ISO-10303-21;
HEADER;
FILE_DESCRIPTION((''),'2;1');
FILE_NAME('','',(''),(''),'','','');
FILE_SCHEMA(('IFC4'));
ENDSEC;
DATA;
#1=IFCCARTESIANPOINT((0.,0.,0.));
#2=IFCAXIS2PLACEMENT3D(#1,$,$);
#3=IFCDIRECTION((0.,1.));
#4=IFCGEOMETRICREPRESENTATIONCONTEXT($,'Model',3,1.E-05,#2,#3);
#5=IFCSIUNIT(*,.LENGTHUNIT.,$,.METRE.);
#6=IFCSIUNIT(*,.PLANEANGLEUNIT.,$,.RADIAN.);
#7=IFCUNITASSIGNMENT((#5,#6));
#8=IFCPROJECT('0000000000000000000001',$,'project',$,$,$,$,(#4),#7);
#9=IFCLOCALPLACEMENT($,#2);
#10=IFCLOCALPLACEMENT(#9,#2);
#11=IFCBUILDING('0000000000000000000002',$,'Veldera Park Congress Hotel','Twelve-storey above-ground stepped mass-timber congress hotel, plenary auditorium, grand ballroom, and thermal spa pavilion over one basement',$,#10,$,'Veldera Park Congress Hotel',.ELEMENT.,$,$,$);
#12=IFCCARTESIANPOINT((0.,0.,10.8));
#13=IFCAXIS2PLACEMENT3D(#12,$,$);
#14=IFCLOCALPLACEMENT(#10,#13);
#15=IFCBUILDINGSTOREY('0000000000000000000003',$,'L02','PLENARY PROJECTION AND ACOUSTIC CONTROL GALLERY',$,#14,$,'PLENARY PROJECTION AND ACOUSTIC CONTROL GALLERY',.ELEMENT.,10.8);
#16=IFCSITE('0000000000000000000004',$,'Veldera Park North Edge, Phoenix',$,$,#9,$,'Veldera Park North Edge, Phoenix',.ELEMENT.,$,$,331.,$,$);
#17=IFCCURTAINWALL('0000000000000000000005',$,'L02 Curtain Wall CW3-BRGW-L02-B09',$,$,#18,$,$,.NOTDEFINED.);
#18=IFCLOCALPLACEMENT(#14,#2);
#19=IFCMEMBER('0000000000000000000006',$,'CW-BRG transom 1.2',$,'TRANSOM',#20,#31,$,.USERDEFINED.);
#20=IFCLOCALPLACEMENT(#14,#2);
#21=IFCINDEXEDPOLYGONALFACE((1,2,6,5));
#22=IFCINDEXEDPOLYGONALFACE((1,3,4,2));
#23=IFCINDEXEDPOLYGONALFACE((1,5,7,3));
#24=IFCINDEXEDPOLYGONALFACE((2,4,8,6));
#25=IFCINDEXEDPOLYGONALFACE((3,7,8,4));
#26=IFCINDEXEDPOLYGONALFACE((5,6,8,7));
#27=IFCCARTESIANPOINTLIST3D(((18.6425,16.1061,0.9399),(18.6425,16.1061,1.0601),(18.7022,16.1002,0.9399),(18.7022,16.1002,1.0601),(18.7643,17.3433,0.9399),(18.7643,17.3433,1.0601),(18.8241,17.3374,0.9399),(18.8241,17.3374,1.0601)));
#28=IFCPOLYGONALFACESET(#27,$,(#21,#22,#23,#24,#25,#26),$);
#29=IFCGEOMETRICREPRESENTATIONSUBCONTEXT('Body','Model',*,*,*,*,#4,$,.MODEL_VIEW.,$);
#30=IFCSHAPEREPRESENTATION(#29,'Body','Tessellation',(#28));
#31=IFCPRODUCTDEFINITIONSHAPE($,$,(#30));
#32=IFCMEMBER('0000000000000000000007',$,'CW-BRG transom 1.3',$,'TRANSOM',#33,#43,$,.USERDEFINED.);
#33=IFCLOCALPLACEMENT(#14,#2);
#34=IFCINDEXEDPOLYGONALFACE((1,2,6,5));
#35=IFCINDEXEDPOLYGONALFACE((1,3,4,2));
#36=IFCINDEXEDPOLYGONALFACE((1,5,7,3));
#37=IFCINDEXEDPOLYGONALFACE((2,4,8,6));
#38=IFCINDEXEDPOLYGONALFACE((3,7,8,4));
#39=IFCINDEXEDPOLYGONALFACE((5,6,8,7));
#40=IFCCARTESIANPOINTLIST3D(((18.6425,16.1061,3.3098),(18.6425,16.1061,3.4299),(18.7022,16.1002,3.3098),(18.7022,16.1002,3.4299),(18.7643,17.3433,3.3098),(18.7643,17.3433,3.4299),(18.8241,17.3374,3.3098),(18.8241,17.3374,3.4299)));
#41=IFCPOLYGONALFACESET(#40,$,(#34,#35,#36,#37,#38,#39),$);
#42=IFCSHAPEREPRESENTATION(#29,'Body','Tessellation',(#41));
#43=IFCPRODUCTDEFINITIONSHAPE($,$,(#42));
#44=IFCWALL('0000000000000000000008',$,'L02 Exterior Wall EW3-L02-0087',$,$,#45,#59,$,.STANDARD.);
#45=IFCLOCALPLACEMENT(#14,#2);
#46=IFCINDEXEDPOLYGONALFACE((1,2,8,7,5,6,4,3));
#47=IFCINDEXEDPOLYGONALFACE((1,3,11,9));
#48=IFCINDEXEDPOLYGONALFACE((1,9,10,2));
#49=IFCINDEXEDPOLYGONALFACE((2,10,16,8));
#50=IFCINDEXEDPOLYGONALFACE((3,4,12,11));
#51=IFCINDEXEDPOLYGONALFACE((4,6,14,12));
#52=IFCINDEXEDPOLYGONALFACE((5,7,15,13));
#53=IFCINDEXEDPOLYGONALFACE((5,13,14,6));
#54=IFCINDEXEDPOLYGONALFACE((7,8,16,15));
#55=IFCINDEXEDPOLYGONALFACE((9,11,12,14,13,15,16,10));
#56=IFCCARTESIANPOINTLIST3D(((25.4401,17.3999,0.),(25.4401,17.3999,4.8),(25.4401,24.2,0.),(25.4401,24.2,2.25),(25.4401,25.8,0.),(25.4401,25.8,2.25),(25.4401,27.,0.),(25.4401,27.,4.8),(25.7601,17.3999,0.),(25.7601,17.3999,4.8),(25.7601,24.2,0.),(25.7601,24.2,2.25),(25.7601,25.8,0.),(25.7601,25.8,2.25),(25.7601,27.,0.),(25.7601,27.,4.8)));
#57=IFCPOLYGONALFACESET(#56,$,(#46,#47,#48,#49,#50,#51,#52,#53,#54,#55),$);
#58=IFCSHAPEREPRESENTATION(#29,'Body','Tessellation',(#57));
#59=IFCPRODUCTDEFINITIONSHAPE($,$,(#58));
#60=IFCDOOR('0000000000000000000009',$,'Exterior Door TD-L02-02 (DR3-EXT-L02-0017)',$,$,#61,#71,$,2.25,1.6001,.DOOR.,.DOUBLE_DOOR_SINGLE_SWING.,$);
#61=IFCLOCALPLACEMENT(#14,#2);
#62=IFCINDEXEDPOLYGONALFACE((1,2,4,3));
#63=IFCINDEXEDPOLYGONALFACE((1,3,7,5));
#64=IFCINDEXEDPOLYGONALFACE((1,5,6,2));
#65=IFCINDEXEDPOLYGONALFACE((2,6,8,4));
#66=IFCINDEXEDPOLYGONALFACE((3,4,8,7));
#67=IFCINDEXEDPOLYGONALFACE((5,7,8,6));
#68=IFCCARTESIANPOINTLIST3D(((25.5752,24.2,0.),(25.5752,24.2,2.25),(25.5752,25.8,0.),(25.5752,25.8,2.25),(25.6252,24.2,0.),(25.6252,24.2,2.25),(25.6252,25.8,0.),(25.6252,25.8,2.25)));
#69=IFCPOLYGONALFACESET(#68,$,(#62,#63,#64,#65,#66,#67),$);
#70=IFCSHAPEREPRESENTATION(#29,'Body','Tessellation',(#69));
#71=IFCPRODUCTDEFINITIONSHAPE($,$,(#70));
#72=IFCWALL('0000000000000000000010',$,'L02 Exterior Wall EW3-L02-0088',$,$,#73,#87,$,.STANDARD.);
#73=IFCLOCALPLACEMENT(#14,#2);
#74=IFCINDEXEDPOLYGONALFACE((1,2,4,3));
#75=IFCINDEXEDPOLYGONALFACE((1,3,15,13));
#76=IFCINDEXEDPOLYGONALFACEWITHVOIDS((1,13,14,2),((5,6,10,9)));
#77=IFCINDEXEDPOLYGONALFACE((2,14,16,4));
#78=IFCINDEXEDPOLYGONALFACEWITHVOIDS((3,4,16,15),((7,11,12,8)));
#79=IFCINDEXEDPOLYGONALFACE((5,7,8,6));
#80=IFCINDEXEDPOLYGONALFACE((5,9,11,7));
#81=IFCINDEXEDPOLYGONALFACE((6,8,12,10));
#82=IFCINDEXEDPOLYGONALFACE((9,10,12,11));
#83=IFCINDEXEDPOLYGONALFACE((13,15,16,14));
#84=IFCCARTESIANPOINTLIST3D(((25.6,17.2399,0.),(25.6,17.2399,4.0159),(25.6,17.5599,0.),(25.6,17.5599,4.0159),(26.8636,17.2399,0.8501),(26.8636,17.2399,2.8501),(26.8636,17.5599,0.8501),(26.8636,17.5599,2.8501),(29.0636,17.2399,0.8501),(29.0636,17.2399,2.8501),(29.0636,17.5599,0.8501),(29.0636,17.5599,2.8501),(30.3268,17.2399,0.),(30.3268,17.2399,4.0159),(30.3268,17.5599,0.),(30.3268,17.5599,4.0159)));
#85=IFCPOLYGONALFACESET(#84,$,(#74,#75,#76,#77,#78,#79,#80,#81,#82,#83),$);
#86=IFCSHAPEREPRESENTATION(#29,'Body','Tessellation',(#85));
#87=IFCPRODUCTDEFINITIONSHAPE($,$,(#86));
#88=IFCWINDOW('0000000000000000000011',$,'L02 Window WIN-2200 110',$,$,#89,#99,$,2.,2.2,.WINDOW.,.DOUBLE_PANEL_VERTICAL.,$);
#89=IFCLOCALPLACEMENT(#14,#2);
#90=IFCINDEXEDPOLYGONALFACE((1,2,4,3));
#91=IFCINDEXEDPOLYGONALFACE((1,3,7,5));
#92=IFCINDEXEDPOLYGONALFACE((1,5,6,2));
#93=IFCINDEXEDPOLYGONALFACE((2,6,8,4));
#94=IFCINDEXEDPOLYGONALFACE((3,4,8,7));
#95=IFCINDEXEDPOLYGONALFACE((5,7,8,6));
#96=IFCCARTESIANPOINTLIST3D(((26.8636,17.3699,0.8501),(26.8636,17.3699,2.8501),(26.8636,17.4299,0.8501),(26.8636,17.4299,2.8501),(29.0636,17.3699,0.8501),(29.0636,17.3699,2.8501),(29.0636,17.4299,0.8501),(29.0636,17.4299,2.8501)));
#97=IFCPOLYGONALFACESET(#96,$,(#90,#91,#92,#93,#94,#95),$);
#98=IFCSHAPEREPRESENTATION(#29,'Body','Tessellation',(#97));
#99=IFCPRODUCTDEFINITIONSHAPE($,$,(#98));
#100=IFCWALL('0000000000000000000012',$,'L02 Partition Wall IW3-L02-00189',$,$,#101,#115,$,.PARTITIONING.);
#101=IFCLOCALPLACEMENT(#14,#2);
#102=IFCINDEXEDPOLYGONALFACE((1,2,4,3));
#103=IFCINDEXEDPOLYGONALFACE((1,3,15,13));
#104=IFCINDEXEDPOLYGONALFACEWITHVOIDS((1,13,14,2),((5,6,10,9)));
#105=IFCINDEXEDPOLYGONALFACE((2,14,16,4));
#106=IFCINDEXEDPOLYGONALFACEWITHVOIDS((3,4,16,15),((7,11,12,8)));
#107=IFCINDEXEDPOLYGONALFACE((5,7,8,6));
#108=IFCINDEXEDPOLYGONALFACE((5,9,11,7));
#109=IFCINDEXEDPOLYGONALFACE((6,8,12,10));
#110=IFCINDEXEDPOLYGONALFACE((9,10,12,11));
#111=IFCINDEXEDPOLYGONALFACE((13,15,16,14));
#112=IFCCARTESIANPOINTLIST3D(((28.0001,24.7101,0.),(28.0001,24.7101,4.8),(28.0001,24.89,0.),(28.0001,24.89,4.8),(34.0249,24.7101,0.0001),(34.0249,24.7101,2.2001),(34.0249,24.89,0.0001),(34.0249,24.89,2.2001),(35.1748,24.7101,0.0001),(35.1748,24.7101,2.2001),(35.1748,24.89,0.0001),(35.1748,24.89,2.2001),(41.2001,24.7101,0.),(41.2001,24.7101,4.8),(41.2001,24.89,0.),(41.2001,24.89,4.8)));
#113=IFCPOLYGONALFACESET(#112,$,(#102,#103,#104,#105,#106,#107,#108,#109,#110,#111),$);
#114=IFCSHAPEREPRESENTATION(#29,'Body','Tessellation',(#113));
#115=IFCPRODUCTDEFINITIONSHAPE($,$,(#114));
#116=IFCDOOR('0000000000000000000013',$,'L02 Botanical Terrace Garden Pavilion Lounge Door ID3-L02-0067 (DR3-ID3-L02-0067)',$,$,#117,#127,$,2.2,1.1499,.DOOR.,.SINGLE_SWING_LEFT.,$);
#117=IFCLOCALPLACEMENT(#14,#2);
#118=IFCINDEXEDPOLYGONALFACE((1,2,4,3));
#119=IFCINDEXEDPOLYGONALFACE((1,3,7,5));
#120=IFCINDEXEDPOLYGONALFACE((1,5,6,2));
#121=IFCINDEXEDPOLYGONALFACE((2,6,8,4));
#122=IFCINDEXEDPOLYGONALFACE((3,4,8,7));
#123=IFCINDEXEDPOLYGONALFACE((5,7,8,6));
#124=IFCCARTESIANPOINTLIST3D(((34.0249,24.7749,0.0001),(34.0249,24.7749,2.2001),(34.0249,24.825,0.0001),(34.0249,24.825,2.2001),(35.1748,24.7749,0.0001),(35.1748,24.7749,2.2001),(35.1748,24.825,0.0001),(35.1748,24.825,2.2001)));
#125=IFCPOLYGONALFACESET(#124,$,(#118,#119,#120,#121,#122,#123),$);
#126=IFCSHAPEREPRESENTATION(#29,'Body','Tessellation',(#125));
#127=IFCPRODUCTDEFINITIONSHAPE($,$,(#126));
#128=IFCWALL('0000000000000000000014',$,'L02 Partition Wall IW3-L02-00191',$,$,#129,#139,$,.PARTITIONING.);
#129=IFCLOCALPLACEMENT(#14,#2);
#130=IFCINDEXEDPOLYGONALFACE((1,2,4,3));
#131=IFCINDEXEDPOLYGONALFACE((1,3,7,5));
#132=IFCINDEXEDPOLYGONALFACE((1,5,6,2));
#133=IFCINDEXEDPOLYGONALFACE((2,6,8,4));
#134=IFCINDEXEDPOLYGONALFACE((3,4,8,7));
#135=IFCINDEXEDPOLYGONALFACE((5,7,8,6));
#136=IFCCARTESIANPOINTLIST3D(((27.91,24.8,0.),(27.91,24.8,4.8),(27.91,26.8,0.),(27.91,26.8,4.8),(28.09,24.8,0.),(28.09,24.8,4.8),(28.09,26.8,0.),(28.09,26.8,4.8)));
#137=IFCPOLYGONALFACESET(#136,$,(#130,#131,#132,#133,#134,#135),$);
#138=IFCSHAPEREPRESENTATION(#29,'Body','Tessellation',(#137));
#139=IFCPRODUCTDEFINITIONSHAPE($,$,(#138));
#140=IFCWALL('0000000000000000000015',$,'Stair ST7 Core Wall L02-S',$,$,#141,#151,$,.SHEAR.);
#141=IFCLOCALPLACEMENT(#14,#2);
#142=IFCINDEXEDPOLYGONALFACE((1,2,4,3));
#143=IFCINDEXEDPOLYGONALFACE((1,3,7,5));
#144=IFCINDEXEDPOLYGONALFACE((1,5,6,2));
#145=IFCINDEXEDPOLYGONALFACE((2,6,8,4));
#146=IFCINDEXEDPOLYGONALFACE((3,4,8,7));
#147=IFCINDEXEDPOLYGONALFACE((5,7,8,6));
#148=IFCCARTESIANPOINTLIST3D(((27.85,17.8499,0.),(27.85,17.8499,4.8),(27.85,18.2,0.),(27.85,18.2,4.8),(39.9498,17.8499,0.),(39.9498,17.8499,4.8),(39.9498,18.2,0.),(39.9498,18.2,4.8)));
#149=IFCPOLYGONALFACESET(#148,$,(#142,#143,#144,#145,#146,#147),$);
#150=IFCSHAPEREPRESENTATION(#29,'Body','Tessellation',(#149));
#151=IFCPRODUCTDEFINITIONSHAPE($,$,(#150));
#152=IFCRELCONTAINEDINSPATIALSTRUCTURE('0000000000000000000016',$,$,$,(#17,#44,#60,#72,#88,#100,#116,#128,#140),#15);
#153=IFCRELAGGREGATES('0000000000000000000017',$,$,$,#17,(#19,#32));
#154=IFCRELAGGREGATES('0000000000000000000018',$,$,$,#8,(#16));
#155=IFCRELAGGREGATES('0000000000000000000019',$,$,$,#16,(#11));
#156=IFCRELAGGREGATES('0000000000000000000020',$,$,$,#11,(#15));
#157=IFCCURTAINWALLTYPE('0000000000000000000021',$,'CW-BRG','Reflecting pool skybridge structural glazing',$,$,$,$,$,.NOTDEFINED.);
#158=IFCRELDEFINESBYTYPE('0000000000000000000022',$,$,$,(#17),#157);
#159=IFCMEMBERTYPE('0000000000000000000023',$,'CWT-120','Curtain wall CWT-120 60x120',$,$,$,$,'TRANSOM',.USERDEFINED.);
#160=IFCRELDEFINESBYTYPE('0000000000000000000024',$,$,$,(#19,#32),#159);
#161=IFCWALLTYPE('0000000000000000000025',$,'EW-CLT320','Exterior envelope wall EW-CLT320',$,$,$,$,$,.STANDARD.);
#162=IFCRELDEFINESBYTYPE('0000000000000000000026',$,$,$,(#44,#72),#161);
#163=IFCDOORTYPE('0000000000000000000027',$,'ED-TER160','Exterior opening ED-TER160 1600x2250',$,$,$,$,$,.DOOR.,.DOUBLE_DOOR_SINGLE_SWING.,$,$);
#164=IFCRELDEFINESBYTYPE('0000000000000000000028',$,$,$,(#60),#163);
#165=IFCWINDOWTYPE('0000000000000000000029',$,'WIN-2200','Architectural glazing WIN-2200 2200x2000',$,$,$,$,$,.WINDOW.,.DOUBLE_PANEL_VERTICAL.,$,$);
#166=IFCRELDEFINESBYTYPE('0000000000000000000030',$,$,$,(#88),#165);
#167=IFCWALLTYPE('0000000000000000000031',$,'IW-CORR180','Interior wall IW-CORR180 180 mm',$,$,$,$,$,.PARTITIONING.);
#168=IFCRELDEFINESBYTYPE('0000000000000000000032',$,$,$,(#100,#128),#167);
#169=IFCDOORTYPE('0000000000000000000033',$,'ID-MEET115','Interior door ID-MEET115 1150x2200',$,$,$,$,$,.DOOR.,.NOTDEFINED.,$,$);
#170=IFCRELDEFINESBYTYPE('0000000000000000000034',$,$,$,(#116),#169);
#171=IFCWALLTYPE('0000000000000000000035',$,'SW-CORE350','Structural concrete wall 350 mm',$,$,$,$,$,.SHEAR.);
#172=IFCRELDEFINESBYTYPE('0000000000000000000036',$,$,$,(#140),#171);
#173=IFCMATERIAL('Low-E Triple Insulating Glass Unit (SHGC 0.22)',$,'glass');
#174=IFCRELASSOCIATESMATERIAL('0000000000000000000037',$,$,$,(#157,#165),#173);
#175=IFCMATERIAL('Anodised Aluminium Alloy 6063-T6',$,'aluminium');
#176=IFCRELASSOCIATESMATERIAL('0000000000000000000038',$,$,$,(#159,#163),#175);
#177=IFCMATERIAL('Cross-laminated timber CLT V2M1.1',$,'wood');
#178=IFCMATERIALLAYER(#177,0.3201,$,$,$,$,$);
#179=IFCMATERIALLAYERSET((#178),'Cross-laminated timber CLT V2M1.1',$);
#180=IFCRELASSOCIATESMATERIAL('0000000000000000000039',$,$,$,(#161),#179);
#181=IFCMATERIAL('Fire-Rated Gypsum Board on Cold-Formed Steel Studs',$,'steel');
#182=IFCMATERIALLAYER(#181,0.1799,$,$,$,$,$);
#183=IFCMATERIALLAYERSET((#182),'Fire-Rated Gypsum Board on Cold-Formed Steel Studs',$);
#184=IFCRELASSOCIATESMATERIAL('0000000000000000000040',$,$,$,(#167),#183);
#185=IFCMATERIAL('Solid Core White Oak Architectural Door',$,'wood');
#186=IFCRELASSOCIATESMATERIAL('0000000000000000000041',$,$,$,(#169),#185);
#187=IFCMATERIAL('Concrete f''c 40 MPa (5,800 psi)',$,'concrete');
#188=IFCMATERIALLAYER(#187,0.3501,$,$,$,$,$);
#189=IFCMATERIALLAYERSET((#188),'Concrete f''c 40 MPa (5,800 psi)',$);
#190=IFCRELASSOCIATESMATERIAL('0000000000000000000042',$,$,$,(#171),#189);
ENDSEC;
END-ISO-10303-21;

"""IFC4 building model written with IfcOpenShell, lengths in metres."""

from ifc_helpers import new_model, si_unit, direction, frame, frame_2d, origin, origin_2d, place, context, subcontext, project, spatial, rectangle, extrude, material, layer, layer_set, material_profile, profile_set, type_object, element, fill, aggregate, save


model = new_model("IFC4")

# Units and contexts
model_context = context("Model", 3, precision=1e-05, world=origin(), true_north=direction((0.0, 1.0)))
body_context = subcontext(model_context, "Body", "Model", "MODEL_VIEW")
ifc_project = project(units=[si_unit("LENGTHUNIT", "METRE"), si_unit("PLANEANGLEUNIT", "RADIAN")], contexts=[model_context])

# Site, building, storey
site_placement = place(None, origin())
site = spatial("IfcSite", under=ifc_project, at=site_placement, Name="Veldera Park North Edge, Phoenix", LongName="Veldera Park North Edge, Phoenix", CompositionType="ELEMENT", RefElevation=331.0)
building_placement = place(site_placement, origin())
building = spatial("IfcBuilding", under=site, at=building_placement, Name="Veldera Park Congress Hotel", Description="Twelve-storey above-ground stepped mass-timber congress hotel, plenary auditorium, grand ballroom, and thermal spa pavilion over one basement", LongName="Veldera Park Congress Hotel", CompositionType="ELEMENT")
storey_placement = place(building_placement, frame((0.0, 0.0, 10.8)))
storey = spatial("IfcBuildingStorey", under=building, at=storey_placement, Name="L02", Description="PLENARY PROJECTION AND ACOUSTIC CONTROL GALLERY", LongName="PLENARY PROJECTION AND ACOUSTIC CONTROL GALLERY", CompositionType="ELEMENT", Elevation=10.8)

# Shared definitions
ifc_material_1 = material(Name="Low-E Triple Insulating Glass Unit (SHGC 0.22)", Category="glass")
curtain_wall_type = type_object("IfcCurtainWallType", Name="CW-BRG", Description="Reflecting pool skybridge structural glazing", PredefinedType="NOTDEFINED", material=ifc_material_1)
ifc_material_2 = material(Name="Anodised Aluminium Alloy 6063-T6", Category="aluminium")

# Curtain wall, members
curtain_wall_1_placement = place(storey_placement, origin())
curtain_wall_1 = element("IfcCurtainWall", 1, at=curtain_wall_1_placement, inside=storey, type_object=curtain_wall_type, Name="L02 Curtain Wall CW3-BRGW-L02-B09", PredefinedType="NOTDEFINED")
ifc_material_profile_1 = material_profile(ifc_material_2, rectangle(XDim=0.0601, YDim=0.1201, at=origin_2d()), Name="ALU 60x120")
ifc_profile_set_1 = profile_set([ifc_material_profile_1], Name="Anodised Aluminium Alloy 6063-T6")
member_type_1 = type_object("IfcMemberType", Name="CWT-120", Description="Curtain wall CWT-120 60x120", ElementType="TRANSOM", PredefinedType="USERDEFINED", material=ifc_profile_set_1)
member_1_placement = place(storey_placement, frame((18.7942, 17.3403, 1.0), z_axis=(-0.098006, -0.995186, 0.0), x_axis=(0.995186, -0.098006, 0.0)))
member_1 = element("IfcMember", 2, at=member_1_placement, type_object=member_type_1, Name="CW-BRG transom 1.2", ObjectType="TRANSOM", PredefinedType="USERDEFINED", context=body_context, shape_type="SweptSolid", body=[
    extrude(rectangle(XDim=0.0601, YDim=0.1201, at=origin_2d()), origin(), (0.0, 0.0, 1.0), 1.2432),
])
member_2_placement = place(storey_placement, frame((18.7942, 17.3403, 3.3699), z_axis=(-0.098006, -0.995186, 0.0), x_axis=(0.995186, -0.098006, 0.0)))
member_2 = element("IfcMember", 3, at=member_2_placement, type_object=member_type_1, Name="CW-BRG transom 1.3", ObjectType="TRANSOM", PredefinedType="USERDEFINED", context=body_context, shape_type="SweptSolid", body=[
    extrude(rectangle(XDim=0.0601, YDim=0.1201, at=origin_2d()), origin(), (0.0, 0.0, 1.0), 1.2432),
])
aggregate(curtain_wall_1, [member_1, member_2])

# Wall, opening, door
ifc_material_3 = material(Name="Cross-laminated timber CLT V2M1.1", Category="wood")
ifc_layer_1 = layer(ifc_material_3, 0.3201)
ifc_layer_set_1 = layer_set([ifc_layer_1], Name="Cross-laminated timber CLT V2M1.1")
wall_type_1 = type_object("IfcWallType", Name="EW-CLT320", Description="Exterior envelope wall EW-CLT320", PredefinedType="STANDARD", material=ifc_layer_set_1)
wall_1_placement = place(storey_placement, frame((25.6001, 27.0, 0.0), z_axis=(0.0, 0.0, 1.0), x_axis=(0.0, -1.0, 0.0)))
wall_1 = element("IfcWall", 4, at=wall_1_placement, inside=storey, type_object=wall_type_1, Name="L02 Exterior Wall EW3-L02-0087", PredefinedType="STANDARD", context=body_context, shape_type="SweptSolid", body=[
    extrude(rectangle(XDim=9.6001, YDim=0.3201, at=frame_2d((4.8, 0.0))), origin(), (0.0, 0.0, 1.0), 4.8),
])
opening_1_placement = place(wall_1_placement, frame((1.2, 0.0, 0.0)))
opening_1 = element("IfcOpeningElement", 5, at=opening_1_placement, cuts=wall_1, PredefinedType="OPENING", context=body_context, shape_type="SweptSolid", body=[
    extrude(rectangle(XDim=1.6001, YDim=2.25, at=frame_2d((0.8, 1.125))), frame((0.0, 0.1721, 0.0), z_axis=(0.0, -1.0, 0.0), x_axis=(1.0, 0.0, 0.0)), (0.0, 0.0, 1.0), 0.344),
])
door_type_1 = type_object("IfcDoorType", Name="ED-TER160", Description="Exterior opening ED-TER160 1600x2250", OperationType="DOUBLE_DOOR_SINGLE_SWING", PredefinedType="DOOR", material=ifc_material_2)
door_1_placement = place(opening_1_placement, frame((1.6001, 0.0, 0.0), z_axis=(0.0, 0.0, 1.0), x_axis=(-1.0, 0.0, 0.0)))
door_1 = element("IfcDoor", 6, at=door_1_placement, inside=storey, type_object=door_type_1, Name="Exterior Door TD-L02-02 (DR3-EXT-L02-0017)", OperationType="DOUBLE_DOOR_SINGLE_SWING", OverallHeight=2.25, OverallWidth=1.6001, PredefinedType="DOOR", context=body_context, shape_type="SweptSolid", body=[
    extrude(rectangle(XDim=1.6001, YDim=2.25, at=frame_2d((0.8, 1.125))), frame((0.0, 0.0249, 0.0), z_axis=(0.0, -1.0, 0.0), x_axis=(1.0, 0.0, 0.0)), (0.0, 0.0, 1.0), 0.05),
])
fill(opening_1, door_1)

# Wall, opening, window
wall_2_placement = place(storey_placement, frame((25.6001, 17.3999, 0.0), z_axis=(0.0, 0.0, 1.0), x_axis=(1.0, 0.0, 0.0)))
wall_2 = element("IfcWall", 7, at=wall_2_placement, inside=storey, type_object=wall_type_1, Name="L02 Exterior Wall EW3-L02-0088", PredefinedType="STANDARD", context=body_context, shape_type="SweptSolid", body=[
    extrude(rectangle(XDim=4.7268, YDim=0.3201, at=frame_2d((2.3633, 0.0))), origin(), (0.0, 0.0, 1.0), 4.0159),
])
opening_2_placement = place(wall_2_placement, frame((1.2634, 0.0, 0.8501)))
opening_2 = element("IfcOpeningElement", 8, at=opening_2_placement, cuts=wall_2, PredefinedType="OPENING", context=body_context, shape_type="SweptSolid", body=[
    extrude(rectangle(XDim=2.2, YDim=2.0, at=frame_2d((1.1001, 1.0))), frame((0.0, 0.1721, 0.0), z_axis=(0.0, -1.0, 0.0), x_axis=(1.0, 0.0, 0.0)), (0.0, 0.0, 1.0), 0.344),
])
window_type = type_object("IfcWindowType", Name="WIN-2200", Description="Architectural glazing WIN-2200 2200x2000", PartitioningType="DOUBLE_PANEL_VERTICAL", PredefinedType="WINDOW", material=ifc_material_1)
window_placement = place(opening_2_placement, origin())
window = element("IfcWindow", 9, at=window_placement, inside=storey, type_object=window_type, Name="L02 Window WIN-2200 110", OverallHeight=2.0, OverallWidth=2.2, PartitioningType="DOUBLE_PANEL_VERTICAL", PredefinedType="WINDOW", context=body_context, shape_type="SweptSolid", body=[
    extrude(rectangle(XDim=2.2, YDim=2.0, at=frame_2d((1.1001, 1.0))), frame((0.0, 0.03, 0.0), z_axis=(0.0, -1.0, 0.0), x_axis=(1.0, 0.0, 0.0)), (0.0, 0.0, 1.0), 0.0601),
])
fill(opening_2, window)

# Wall, opening, door
ifc_material_4 = material(Name="Fire-Rated Gypsum Board on Cold-Formed Steel Studs", Category="steel")
ifc_layer_2 = layer(ifc_material_4, 0.1799)
ifc_layer_set_2 = layer_set([ifc_layer_2], Name="Fire-Rated Gypsum Board on Cold-Formed Steel Studs")
wall_type_2 = type_object("IfcWallType", Name="IW-CORR180", Description="Interior wall IW-CORR180 180 mm", PredefinedType="PARTITIONING", material=ifc_layer_set_2)
wall_3_placement = place(storey_placement, frame((28.0, 24.8, 0.0), z_axis=(0.0, 0.0, 1.0), x_axis=(1.0, 0.0, 0.0)))
wall_3 = element("IfcWall", 10, at=wall_3_placement, inside=storey, type_object=wall_type_2, Name="L02 Partition Wall IW3-L02-00189", PredefinedType="PARTITIONING", context=body_context, shape_type="SweptSolid", body=[
    extrude(rectangle(XDim=13.2, YDim=0.1799, at=frame_2d((6.6001, 0.0))), origin(), (0.0, 0.0, 1.0), 4.8),
])
opening_3_placement = place(wall_3_placement, frame((6.0249, 0.0, 0.0)))
opening_3 = element("IfcOpeningElement", 11, at=opening_3_placement, cuts=wall_3, PredefinedType="OPENING", context=body_context, shape_type="SweptSolid", body=[
    extrude(rectangle(XDim=1.1499, YDim=2.2, at=frame_2d((0.575, 1.1001))), frame((0.0, 0.1021, 0.0), z_axis=(0.0, -1.0, 0.0), x_axis=(1.0, 0.0, 0.0)), (0.0, 0.0, 1.0), 0.2039),
])
ifc_material_5 = material(Name="Solid Core White Oak Architectural Door", Category="wood")
door_type_2 = type_object("IfcDoorType", Name="ID-MEET115", Description="Interior door ID-MEET115 1150x2200", OperationType="NOTDEFINED", PredefinedType="DOOR", material=ifc_material_5)
door_2_placement = place(opening_3_placement, origin())
door_2 = element("IfcDoor", 12, at=door_2_placement, inside=storey, type_object=door_type_2, Name="L02 Botanical Terrace Garden Pavilion Lounge Door ID3-L02-0067 (DR3-ID3-L02-0067)", OperationType="SINGLE_SWING_LEFT", OverallHeight=2.2, OverallWidth=1.1499, PredefinedType="DOOR", context=body_context, shape_type="SweptSolid", body=[
    extrude(rectangle(XDim=1.1499, YDim=2.2, at=frame_2d((0.575, 1.1001))), frame((0.0, 0.0249, 0.0), z_axis=(0.0, -1.0, 0.0), x_axis=(1.0, 0.0, 0.0)), (0.0, 0.0, 1.0), 0.05),
])
fill(opening_3, door_2)

# Walls
wall_4_placement = place(storey_placement, frame((28.0, 26.8, 0.0), z_axis=(0.0, 0.0, 1.0), x_axis=(0.0, -1.0, 0.0)))
element("IfcWall", 13, at=wall_4_placement, inside=storey, type_object=wall_type_2, Name="L02 Partition Wall IW3-L02-00191", PredefinedType="PARTITIONING", context=body_context, shape_type="SweptSolid", body=[
    extrude(rectangle(XDim=2.0, YDim=0.1799, at=frame_2d((1.0, 0.0))), origin(), (0.0, 0.0, 1.0), 4.8),
])
ifc_material_6 = material(Name="Concrete f'c 40 MPa (5,800 psi)", Category="concrete")
ifc_layer_3 = layer(ifc_material_6, 0.3501)
ifc_layer_set_3 = layer_set([ifc_layer_3], Name="Concrete f'c 40 MPa (5,800 psi)")
wall_type_3 = type_object("IfcWallType", Name="SW-CORE350", Description="Structural concrete wall 350 mm", PredefinedType="SHEAR", material=ifc_layer_set_3)
wall_5_placement = place(storey_placement, frame((27.8501, 18.0249, 0.0), z_axis=(0.0, 0.0, 1.0), x_axis=(1.0, 0.0, 0.0)))
element("IfcWall", 14, at=wall_5_placement, inside=storey, type_object=wall_type_3, Name="Stair ST7 Core Wall L02-S", PredefinedType="SHEAR", context=body_context, shape_type="SweptSolid", body=[
    extrude(rectangle(XDim=12.0999, YDim=0.3501, at=frame_2d((6.0498, 0.0))), origin(), (0.0, 0.0, 1.0), 4.8),
])

save(model, "model.ifc")
